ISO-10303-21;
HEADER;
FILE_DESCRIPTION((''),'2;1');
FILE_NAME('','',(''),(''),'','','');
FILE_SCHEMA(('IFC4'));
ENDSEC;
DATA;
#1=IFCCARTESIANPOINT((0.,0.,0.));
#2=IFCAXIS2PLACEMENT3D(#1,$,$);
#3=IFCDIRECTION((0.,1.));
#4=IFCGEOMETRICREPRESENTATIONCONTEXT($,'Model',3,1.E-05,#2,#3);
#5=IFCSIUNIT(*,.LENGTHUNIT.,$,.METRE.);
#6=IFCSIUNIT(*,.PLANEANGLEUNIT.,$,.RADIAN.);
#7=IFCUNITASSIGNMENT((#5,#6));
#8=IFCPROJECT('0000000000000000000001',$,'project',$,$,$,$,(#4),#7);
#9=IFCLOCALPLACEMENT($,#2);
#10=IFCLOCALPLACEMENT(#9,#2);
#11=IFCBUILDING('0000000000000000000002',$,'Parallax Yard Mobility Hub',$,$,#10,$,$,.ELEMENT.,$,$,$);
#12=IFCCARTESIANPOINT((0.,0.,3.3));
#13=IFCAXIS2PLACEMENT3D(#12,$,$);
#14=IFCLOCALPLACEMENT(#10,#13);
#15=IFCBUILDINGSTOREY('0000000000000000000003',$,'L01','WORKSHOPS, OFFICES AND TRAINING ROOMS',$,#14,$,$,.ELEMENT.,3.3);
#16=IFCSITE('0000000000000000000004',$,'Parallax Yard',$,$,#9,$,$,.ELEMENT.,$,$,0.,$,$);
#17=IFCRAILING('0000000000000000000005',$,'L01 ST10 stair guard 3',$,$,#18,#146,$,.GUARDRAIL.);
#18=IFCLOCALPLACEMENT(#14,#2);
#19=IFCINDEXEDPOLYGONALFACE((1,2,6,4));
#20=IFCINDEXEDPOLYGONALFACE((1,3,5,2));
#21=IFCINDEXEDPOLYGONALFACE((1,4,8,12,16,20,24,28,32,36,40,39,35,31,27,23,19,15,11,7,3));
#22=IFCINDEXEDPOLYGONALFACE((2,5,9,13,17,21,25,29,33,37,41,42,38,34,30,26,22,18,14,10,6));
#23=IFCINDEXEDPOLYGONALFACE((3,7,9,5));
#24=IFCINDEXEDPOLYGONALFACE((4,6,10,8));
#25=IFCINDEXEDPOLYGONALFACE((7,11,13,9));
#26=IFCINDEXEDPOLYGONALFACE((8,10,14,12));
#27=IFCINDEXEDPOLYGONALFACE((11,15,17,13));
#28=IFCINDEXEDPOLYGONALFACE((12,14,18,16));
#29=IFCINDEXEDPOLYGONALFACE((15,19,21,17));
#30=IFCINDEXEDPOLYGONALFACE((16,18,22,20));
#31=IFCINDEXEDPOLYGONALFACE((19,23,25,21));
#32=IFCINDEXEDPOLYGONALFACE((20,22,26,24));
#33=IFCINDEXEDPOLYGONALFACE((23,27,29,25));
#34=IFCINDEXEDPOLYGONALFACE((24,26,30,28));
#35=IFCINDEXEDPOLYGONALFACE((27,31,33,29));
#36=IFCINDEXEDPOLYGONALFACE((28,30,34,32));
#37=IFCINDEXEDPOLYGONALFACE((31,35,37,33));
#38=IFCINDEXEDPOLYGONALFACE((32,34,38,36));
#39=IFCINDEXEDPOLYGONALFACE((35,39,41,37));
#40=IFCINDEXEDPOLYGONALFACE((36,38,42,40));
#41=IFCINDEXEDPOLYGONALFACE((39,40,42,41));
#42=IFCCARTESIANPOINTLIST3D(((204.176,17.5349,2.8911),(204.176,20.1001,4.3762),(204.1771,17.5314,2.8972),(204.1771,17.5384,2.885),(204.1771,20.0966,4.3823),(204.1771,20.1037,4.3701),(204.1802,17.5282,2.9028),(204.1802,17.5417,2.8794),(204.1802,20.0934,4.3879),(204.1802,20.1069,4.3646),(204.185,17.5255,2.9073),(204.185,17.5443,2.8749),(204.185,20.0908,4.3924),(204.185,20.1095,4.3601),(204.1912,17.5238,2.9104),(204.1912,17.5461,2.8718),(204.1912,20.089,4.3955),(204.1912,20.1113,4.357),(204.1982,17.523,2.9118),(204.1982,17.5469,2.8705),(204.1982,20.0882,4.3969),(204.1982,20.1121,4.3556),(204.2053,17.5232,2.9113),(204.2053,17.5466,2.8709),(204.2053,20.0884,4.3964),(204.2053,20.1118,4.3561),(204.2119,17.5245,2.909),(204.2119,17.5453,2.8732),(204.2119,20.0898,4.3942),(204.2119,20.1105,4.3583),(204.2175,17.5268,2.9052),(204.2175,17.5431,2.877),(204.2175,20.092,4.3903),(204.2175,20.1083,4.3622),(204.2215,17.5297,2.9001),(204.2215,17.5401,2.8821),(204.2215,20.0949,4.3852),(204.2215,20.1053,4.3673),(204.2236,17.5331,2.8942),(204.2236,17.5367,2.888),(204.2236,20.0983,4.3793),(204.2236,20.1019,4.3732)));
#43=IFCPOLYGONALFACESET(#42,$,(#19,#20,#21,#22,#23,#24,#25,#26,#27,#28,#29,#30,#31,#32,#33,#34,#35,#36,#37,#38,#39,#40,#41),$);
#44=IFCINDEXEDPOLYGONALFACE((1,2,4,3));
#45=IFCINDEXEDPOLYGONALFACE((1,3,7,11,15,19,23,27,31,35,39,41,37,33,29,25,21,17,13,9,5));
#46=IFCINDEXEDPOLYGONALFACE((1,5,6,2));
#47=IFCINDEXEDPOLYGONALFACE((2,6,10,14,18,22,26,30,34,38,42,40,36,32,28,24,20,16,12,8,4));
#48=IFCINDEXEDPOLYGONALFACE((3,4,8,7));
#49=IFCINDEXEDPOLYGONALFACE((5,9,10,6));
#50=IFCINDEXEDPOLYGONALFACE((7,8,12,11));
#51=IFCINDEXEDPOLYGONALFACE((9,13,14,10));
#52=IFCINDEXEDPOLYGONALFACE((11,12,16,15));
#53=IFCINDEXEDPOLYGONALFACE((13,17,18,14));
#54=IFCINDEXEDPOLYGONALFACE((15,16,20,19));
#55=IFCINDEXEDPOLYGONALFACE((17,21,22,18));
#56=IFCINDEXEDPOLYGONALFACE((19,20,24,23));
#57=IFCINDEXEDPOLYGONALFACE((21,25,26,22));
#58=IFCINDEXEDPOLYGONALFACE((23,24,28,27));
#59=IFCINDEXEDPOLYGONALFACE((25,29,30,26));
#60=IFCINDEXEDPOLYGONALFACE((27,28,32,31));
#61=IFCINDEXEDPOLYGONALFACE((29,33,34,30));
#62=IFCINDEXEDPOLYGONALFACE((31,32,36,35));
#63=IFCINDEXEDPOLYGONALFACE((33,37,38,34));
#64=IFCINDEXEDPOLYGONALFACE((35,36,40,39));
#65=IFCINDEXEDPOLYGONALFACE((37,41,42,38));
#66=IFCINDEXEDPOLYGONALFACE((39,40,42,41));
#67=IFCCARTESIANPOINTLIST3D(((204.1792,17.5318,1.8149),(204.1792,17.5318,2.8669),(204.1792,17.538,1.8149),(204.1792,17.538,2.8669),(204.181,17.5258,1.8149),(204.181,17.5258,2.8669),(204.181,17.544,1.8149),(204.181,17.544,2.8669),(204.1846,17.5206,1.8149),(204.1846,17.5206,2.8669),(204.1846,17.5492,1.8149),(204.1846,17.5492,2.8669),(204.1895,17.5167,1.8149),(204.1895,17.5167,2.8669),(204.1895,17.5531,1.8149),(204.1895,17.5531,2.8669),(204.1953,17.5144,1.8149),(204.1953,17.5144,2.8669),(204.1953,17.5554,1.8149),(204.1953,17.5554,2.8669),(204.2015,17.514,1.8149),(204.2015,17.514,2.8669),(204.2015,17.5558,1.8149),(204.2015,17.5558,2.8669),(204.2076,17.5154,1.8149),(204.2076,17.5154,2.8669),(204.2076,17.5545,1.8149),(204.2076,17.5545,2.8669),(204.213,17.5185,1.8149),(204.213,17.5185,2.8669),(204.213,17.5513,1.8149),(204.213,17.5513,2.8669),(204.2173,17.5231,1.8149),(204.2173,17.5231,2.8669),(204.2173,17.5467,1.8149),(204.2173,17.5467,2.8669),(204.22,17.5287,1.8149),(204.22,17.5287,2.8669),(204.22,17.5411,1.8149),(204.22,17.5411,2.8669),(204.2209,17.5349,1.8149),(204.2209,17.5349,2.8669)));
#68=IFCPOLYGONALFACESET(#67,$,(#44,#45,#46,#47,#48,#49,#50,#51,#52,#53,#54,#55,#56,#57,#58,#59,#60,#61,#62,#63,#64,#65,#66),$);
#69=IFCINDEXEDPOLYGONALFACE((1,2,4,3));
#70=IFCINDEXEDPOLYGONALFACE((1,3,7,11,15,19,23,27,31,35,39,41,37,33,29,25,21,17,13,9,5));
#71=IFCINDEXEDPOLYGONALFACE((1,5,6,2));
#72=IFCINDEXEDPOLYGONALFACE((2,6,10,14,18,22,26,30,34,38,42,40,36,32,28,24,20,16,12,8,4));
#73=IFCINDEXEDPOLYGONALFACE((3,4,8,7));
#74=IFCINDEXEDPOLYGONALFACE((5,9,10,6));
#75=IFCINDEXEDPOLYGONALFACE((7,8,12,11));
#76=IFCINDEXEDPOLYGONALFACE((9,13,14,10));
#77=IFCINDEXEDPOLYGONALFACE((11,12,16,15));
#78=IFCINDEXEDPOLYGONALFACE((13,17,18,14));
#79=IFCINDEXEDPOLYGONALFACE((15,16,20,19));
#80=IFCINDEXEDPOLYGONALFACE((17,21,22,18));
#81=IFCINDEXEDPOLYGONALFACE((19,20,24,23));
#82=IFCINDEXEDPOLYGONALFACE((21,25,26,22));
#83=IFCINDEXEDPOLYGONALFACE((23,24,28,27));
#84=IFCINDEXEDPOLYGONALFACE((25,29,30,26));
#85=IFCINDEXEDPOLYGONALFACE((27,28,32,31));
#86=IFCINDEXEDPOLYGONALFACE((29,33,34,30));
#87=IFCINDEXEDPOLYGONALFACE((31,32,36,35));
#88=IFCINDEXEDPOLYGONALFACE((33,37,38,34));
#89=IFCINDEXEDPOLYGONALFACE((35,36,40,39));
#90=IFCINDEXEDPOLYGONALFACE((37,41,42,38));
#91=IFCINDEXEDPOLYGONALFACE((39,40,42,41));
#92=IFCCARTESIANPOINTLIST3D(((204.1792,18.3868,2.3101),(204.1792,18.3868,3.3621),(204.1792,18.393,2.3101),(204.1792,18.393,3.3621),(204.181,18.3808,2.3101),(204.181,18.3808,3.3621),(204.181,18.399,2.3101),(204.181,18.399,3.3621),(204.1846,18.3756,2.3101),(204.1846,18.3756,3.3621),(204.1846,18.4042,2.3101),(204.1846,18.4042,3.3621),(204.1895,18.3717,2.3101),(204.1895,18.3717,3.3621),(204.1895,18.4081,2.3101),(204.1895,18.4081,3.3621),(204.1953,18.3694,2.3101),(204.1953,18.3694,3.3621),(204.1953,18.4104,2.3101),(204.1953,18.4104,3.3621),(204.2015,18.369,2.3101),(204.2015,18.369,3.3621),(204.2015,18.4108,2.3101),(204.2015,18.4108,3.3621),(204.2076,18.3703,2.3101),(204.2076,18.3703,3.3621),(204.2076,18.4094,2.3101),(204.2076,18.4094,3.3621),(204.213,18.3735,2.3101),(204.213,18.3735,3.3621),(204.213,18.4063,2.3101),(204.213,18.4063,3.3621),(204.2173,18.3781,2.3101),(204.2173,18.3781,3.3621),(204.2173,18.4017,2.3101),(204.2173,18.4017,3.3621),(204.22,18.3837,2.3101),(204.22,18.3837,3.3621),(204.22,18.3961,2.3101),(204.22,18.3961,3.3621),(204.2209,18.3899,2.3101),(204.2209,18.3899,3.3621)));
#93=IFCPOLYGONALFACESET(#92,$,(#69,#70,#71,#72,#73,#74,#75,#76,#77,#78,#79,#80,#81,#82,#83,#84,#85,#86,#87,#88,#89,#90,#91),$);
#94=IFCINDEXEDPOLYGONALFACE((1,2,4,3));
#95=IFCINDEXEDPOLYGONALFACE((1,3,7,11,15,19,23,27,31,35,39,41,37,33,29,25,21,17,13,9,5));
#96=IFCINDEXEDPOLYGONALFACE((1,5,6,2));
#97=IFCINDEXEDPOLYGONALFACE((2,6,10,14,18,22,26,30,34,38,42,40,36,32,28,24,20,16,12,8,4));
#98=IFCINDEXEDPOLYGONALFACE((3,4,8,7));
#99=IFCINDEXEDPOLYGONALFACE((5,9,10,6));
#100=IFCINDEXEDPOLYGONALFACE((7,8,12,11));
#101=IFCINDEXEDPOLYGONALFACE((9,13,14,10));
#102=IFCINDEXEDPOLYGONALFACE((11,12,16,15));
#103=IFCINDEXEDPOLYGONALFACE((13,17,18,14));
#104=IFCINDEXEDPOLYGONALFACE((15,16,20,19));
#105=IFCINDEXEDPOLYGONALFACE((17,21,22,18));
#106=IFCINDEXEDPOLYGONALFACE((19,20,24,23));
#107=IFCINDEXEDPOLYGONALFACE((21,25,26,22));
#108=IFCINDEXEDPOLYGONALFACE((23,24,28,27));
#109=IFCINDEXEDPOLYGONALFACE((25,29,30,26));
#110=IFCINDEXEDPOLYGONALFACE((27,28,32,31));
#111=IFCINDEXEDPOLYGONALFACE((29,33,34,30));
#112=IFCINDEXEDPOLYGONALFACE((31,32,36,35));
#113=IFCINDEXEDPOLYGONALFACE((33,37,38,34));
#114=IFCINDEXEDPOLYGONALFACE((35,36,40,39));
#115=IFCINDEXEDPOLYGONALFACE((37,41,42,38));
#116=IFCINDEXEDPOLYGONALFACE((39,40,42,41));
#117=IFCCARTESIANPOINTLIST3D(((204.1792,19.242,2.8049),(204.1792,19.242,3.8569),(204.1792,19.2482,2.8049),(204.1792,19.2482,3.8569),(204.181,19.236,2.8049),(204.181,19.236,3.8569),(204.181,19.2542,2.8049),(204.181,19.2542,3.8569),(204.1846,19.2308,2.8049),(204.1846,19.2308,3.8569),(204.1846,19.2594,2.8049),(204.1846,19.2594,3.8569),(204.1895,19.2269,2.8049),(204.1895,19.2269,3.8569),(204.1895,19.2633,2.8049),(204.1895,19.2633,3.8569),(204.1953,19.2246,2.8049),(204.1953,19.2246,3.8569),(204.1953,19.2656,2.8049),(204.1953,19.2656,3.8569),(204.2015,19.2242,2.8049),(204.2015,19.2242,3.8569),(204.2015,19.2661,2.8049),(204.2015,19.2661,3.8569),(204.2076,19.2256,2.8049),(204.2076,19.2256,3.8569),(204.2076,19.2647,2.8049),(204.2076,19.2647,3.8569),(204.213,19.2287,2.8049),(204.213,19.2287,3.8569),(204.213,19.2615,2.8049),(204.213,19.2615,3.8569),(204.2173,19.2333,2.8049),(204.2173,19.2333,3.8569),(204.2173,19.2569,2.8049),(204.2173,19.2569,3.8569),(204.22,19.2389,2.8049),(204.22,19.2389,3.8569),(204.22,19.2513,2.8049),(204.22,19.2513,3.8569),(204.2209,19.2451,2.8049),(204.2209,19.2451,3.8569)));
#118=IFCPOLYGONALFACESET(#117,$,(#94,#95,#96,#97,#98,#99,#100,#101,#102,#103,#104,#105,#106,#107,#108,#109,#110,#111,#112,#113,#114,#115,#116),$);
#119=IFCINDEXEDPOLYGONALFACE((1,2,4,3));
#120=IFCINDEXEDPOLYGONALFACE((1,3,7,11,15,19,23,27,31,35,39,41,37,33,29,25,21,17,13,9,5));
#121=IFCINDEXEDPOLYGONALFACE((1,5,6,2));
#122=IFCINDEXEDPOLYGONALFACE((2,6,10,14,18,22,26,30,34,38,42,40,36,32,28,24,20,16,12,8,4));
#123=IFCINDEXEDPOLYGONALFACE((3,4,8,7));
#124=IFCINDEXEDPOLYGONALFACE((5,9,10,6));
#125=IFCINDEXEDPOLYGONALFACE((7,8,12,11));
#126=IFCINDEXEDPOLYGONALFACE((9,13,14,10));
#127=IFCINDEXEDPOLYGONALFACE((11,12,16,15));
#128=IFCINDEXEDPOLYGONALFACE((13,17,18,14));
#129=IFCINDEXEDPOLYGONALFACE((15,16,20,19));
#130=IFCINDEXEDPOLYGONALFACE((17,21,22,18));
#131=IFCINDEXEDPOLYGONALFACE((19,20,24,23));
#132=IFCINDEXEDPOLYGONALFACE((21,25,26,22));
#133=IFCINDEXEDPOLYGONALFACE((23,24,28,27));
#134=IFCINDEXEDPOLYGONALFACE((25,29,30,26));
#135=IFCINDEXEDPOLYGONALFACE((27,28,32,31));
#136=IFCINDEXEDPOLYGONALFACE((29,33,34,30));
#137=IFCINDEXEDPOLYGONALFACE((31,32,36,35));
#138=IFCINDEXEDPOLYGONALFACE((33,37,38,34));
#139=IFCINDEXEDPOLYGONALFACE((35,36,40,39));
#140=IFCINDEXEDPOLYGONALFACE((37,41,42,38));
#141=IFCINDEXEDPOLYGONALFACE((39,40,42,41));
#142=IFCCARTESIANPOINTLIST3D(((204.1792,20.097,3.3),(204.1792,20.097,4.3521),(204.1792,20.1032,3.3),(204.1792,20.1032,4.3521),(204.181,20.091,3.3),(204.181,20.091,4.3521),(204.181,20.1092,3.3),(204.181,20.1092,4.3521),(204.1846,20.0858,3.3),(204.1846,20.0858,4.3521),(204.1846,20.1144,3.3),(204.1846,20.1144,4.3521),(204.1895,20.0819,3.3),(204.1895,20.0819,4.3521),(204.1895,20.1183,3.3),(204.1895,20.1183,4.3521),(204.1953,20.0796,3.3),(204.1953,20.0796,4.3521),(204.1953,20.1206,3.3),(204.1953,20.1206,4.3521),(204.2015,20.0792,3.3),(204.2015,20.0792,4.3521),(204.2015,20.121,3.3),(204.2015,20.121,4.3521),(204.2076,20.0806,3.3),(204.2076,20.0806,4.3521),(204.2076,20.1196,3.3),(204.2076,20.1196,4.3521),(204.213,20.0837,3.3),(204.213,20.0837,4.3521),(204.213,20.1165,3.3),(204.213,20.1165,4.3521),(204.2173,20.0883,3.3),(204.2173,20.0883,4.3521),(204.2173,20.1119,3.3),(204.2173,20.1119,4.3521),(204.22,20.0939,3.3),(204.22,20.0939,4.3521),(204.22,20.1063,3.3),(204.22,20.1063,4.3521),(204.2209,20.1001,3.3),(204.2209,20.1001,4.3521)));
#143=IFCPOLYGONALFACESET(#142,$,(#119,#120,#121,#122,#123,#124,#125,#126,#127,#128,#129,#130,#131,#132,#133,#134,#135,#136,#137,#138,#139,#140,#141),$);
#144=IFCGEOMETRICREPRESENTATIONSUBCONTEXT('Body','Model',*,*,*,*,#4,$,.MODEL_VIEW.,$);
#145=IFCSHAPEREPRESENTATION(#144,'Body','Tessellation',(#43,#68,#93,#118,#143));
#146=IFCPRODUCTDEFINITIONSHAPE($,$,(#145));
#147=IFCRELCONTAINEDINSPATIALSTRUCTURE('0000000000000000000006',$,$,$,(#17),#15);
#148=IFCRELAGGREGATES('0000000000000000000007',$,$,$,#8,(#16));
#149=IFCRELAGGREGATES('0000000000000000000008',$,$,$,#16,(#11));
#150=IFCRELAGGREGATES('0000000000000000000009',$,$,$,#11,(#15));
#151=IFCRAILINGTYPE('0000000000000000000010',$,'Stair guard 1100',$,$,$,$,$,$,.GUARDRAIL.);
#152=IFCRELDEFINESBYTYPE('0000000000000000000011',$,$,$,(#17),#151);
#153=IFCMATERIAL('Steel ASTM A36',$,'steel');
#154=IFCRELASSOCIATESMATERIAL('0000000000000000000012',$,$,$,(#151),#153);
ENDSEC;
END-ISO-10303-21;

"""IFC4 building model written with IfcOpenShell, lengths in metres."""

from ifc_helpers import new_model, si_unit, direction, frame, origin, origin_2d, place, context, subcontext, project, spatial, circle, extrude, material, type_object, element, save


model = new_model("IFC4")

# Units and contexts
model_context = context("Model", 3, precision=1e-05, world=origin(), true_north=direction((0.0, 1.0)))
body_context = subcontext(model_context, "Body", "Model", "MODEL_VIEW")
ifc_project = project(units=[si_unit("LENGTHUNIT", "METRE"), si_unit("PLANEANGLEUNIT", "RADIAN")], contexts=[model_context])

# Site, building, storey
site_placement = place(None, origin())
site = spatial("IfcSite", under=ifc_project, at=site_placement, Name="Parallax Yard", CompositionType="ELEMENT", RefElevation=0.0)
building_placement = place(site_placement, origin())
building = spatial("IfcBuilding", under=site, at=building_placement, Name="Parallax Yard Mobility Hub", CompositionType="ELEMENT")
storey_placement = place(building_placement, frame((0.0, 0.0, 3.3)))
storey = spatial("IfcBuildingStorey", under=building, at=storey_placement, Name="L01", Description="WORKSHOPS, OFFICES AND TRAINING ROOMS", CompositionType="ELEMENT", Elevation=3.3)

# Railing
ifc_material_1 = material(Name="Steel ASTM A36", Category="steel")
railing_type_1 = type_object("IfcRailingType", Name="Stair guard 1100", PredefinedType="GUARDRAIL", material=ifc_material_1)
railing_1_placement = place(storey_placement, frame((204.2, 17.5349, 1.8149)))
element("IfcRailing", 1, at=railing_1_placement, inside=storey, type_object=railing_type_1, Name="L01 ST10 stair guard 3", PredefinedType="GUARDRAIL", context=body_context, shape_type="SweptSolid", body=[
    extrude(circle(Radius=0.0239, at=origin_2d()), frame((0.0, 0.0, 1.0762), z_axis=(0.0, 0.865426, 0.501036), x_axis=(-1.0, 0.0, 0.0)), (0.0, 0.0, 1.0), 2.9641),
    extrude(circle(Radius=0.021, at=origin_2d()), origin(), (0.0, 0.0, 1.0), 1.052),
    extrude(circle(Radius=0.021, at=origin_2d()), frame((0.0, 0.855, 0.4951)), (0.0, 0.0, 1.0), 1.052),
    extrude(circle(Radius=0.021, at=origin_2d()), frame((0.0, 1.7102, 0.99)), (0.0, 0.0, 1.0), 1.052),
    extrude(circle(Radius=0.021, at=origin_2d()), frame((0.0, 2.5652, 1.4851)), (0.0, 0.0, 1.0), 1.052),
])

save(model, "model.ifc")
